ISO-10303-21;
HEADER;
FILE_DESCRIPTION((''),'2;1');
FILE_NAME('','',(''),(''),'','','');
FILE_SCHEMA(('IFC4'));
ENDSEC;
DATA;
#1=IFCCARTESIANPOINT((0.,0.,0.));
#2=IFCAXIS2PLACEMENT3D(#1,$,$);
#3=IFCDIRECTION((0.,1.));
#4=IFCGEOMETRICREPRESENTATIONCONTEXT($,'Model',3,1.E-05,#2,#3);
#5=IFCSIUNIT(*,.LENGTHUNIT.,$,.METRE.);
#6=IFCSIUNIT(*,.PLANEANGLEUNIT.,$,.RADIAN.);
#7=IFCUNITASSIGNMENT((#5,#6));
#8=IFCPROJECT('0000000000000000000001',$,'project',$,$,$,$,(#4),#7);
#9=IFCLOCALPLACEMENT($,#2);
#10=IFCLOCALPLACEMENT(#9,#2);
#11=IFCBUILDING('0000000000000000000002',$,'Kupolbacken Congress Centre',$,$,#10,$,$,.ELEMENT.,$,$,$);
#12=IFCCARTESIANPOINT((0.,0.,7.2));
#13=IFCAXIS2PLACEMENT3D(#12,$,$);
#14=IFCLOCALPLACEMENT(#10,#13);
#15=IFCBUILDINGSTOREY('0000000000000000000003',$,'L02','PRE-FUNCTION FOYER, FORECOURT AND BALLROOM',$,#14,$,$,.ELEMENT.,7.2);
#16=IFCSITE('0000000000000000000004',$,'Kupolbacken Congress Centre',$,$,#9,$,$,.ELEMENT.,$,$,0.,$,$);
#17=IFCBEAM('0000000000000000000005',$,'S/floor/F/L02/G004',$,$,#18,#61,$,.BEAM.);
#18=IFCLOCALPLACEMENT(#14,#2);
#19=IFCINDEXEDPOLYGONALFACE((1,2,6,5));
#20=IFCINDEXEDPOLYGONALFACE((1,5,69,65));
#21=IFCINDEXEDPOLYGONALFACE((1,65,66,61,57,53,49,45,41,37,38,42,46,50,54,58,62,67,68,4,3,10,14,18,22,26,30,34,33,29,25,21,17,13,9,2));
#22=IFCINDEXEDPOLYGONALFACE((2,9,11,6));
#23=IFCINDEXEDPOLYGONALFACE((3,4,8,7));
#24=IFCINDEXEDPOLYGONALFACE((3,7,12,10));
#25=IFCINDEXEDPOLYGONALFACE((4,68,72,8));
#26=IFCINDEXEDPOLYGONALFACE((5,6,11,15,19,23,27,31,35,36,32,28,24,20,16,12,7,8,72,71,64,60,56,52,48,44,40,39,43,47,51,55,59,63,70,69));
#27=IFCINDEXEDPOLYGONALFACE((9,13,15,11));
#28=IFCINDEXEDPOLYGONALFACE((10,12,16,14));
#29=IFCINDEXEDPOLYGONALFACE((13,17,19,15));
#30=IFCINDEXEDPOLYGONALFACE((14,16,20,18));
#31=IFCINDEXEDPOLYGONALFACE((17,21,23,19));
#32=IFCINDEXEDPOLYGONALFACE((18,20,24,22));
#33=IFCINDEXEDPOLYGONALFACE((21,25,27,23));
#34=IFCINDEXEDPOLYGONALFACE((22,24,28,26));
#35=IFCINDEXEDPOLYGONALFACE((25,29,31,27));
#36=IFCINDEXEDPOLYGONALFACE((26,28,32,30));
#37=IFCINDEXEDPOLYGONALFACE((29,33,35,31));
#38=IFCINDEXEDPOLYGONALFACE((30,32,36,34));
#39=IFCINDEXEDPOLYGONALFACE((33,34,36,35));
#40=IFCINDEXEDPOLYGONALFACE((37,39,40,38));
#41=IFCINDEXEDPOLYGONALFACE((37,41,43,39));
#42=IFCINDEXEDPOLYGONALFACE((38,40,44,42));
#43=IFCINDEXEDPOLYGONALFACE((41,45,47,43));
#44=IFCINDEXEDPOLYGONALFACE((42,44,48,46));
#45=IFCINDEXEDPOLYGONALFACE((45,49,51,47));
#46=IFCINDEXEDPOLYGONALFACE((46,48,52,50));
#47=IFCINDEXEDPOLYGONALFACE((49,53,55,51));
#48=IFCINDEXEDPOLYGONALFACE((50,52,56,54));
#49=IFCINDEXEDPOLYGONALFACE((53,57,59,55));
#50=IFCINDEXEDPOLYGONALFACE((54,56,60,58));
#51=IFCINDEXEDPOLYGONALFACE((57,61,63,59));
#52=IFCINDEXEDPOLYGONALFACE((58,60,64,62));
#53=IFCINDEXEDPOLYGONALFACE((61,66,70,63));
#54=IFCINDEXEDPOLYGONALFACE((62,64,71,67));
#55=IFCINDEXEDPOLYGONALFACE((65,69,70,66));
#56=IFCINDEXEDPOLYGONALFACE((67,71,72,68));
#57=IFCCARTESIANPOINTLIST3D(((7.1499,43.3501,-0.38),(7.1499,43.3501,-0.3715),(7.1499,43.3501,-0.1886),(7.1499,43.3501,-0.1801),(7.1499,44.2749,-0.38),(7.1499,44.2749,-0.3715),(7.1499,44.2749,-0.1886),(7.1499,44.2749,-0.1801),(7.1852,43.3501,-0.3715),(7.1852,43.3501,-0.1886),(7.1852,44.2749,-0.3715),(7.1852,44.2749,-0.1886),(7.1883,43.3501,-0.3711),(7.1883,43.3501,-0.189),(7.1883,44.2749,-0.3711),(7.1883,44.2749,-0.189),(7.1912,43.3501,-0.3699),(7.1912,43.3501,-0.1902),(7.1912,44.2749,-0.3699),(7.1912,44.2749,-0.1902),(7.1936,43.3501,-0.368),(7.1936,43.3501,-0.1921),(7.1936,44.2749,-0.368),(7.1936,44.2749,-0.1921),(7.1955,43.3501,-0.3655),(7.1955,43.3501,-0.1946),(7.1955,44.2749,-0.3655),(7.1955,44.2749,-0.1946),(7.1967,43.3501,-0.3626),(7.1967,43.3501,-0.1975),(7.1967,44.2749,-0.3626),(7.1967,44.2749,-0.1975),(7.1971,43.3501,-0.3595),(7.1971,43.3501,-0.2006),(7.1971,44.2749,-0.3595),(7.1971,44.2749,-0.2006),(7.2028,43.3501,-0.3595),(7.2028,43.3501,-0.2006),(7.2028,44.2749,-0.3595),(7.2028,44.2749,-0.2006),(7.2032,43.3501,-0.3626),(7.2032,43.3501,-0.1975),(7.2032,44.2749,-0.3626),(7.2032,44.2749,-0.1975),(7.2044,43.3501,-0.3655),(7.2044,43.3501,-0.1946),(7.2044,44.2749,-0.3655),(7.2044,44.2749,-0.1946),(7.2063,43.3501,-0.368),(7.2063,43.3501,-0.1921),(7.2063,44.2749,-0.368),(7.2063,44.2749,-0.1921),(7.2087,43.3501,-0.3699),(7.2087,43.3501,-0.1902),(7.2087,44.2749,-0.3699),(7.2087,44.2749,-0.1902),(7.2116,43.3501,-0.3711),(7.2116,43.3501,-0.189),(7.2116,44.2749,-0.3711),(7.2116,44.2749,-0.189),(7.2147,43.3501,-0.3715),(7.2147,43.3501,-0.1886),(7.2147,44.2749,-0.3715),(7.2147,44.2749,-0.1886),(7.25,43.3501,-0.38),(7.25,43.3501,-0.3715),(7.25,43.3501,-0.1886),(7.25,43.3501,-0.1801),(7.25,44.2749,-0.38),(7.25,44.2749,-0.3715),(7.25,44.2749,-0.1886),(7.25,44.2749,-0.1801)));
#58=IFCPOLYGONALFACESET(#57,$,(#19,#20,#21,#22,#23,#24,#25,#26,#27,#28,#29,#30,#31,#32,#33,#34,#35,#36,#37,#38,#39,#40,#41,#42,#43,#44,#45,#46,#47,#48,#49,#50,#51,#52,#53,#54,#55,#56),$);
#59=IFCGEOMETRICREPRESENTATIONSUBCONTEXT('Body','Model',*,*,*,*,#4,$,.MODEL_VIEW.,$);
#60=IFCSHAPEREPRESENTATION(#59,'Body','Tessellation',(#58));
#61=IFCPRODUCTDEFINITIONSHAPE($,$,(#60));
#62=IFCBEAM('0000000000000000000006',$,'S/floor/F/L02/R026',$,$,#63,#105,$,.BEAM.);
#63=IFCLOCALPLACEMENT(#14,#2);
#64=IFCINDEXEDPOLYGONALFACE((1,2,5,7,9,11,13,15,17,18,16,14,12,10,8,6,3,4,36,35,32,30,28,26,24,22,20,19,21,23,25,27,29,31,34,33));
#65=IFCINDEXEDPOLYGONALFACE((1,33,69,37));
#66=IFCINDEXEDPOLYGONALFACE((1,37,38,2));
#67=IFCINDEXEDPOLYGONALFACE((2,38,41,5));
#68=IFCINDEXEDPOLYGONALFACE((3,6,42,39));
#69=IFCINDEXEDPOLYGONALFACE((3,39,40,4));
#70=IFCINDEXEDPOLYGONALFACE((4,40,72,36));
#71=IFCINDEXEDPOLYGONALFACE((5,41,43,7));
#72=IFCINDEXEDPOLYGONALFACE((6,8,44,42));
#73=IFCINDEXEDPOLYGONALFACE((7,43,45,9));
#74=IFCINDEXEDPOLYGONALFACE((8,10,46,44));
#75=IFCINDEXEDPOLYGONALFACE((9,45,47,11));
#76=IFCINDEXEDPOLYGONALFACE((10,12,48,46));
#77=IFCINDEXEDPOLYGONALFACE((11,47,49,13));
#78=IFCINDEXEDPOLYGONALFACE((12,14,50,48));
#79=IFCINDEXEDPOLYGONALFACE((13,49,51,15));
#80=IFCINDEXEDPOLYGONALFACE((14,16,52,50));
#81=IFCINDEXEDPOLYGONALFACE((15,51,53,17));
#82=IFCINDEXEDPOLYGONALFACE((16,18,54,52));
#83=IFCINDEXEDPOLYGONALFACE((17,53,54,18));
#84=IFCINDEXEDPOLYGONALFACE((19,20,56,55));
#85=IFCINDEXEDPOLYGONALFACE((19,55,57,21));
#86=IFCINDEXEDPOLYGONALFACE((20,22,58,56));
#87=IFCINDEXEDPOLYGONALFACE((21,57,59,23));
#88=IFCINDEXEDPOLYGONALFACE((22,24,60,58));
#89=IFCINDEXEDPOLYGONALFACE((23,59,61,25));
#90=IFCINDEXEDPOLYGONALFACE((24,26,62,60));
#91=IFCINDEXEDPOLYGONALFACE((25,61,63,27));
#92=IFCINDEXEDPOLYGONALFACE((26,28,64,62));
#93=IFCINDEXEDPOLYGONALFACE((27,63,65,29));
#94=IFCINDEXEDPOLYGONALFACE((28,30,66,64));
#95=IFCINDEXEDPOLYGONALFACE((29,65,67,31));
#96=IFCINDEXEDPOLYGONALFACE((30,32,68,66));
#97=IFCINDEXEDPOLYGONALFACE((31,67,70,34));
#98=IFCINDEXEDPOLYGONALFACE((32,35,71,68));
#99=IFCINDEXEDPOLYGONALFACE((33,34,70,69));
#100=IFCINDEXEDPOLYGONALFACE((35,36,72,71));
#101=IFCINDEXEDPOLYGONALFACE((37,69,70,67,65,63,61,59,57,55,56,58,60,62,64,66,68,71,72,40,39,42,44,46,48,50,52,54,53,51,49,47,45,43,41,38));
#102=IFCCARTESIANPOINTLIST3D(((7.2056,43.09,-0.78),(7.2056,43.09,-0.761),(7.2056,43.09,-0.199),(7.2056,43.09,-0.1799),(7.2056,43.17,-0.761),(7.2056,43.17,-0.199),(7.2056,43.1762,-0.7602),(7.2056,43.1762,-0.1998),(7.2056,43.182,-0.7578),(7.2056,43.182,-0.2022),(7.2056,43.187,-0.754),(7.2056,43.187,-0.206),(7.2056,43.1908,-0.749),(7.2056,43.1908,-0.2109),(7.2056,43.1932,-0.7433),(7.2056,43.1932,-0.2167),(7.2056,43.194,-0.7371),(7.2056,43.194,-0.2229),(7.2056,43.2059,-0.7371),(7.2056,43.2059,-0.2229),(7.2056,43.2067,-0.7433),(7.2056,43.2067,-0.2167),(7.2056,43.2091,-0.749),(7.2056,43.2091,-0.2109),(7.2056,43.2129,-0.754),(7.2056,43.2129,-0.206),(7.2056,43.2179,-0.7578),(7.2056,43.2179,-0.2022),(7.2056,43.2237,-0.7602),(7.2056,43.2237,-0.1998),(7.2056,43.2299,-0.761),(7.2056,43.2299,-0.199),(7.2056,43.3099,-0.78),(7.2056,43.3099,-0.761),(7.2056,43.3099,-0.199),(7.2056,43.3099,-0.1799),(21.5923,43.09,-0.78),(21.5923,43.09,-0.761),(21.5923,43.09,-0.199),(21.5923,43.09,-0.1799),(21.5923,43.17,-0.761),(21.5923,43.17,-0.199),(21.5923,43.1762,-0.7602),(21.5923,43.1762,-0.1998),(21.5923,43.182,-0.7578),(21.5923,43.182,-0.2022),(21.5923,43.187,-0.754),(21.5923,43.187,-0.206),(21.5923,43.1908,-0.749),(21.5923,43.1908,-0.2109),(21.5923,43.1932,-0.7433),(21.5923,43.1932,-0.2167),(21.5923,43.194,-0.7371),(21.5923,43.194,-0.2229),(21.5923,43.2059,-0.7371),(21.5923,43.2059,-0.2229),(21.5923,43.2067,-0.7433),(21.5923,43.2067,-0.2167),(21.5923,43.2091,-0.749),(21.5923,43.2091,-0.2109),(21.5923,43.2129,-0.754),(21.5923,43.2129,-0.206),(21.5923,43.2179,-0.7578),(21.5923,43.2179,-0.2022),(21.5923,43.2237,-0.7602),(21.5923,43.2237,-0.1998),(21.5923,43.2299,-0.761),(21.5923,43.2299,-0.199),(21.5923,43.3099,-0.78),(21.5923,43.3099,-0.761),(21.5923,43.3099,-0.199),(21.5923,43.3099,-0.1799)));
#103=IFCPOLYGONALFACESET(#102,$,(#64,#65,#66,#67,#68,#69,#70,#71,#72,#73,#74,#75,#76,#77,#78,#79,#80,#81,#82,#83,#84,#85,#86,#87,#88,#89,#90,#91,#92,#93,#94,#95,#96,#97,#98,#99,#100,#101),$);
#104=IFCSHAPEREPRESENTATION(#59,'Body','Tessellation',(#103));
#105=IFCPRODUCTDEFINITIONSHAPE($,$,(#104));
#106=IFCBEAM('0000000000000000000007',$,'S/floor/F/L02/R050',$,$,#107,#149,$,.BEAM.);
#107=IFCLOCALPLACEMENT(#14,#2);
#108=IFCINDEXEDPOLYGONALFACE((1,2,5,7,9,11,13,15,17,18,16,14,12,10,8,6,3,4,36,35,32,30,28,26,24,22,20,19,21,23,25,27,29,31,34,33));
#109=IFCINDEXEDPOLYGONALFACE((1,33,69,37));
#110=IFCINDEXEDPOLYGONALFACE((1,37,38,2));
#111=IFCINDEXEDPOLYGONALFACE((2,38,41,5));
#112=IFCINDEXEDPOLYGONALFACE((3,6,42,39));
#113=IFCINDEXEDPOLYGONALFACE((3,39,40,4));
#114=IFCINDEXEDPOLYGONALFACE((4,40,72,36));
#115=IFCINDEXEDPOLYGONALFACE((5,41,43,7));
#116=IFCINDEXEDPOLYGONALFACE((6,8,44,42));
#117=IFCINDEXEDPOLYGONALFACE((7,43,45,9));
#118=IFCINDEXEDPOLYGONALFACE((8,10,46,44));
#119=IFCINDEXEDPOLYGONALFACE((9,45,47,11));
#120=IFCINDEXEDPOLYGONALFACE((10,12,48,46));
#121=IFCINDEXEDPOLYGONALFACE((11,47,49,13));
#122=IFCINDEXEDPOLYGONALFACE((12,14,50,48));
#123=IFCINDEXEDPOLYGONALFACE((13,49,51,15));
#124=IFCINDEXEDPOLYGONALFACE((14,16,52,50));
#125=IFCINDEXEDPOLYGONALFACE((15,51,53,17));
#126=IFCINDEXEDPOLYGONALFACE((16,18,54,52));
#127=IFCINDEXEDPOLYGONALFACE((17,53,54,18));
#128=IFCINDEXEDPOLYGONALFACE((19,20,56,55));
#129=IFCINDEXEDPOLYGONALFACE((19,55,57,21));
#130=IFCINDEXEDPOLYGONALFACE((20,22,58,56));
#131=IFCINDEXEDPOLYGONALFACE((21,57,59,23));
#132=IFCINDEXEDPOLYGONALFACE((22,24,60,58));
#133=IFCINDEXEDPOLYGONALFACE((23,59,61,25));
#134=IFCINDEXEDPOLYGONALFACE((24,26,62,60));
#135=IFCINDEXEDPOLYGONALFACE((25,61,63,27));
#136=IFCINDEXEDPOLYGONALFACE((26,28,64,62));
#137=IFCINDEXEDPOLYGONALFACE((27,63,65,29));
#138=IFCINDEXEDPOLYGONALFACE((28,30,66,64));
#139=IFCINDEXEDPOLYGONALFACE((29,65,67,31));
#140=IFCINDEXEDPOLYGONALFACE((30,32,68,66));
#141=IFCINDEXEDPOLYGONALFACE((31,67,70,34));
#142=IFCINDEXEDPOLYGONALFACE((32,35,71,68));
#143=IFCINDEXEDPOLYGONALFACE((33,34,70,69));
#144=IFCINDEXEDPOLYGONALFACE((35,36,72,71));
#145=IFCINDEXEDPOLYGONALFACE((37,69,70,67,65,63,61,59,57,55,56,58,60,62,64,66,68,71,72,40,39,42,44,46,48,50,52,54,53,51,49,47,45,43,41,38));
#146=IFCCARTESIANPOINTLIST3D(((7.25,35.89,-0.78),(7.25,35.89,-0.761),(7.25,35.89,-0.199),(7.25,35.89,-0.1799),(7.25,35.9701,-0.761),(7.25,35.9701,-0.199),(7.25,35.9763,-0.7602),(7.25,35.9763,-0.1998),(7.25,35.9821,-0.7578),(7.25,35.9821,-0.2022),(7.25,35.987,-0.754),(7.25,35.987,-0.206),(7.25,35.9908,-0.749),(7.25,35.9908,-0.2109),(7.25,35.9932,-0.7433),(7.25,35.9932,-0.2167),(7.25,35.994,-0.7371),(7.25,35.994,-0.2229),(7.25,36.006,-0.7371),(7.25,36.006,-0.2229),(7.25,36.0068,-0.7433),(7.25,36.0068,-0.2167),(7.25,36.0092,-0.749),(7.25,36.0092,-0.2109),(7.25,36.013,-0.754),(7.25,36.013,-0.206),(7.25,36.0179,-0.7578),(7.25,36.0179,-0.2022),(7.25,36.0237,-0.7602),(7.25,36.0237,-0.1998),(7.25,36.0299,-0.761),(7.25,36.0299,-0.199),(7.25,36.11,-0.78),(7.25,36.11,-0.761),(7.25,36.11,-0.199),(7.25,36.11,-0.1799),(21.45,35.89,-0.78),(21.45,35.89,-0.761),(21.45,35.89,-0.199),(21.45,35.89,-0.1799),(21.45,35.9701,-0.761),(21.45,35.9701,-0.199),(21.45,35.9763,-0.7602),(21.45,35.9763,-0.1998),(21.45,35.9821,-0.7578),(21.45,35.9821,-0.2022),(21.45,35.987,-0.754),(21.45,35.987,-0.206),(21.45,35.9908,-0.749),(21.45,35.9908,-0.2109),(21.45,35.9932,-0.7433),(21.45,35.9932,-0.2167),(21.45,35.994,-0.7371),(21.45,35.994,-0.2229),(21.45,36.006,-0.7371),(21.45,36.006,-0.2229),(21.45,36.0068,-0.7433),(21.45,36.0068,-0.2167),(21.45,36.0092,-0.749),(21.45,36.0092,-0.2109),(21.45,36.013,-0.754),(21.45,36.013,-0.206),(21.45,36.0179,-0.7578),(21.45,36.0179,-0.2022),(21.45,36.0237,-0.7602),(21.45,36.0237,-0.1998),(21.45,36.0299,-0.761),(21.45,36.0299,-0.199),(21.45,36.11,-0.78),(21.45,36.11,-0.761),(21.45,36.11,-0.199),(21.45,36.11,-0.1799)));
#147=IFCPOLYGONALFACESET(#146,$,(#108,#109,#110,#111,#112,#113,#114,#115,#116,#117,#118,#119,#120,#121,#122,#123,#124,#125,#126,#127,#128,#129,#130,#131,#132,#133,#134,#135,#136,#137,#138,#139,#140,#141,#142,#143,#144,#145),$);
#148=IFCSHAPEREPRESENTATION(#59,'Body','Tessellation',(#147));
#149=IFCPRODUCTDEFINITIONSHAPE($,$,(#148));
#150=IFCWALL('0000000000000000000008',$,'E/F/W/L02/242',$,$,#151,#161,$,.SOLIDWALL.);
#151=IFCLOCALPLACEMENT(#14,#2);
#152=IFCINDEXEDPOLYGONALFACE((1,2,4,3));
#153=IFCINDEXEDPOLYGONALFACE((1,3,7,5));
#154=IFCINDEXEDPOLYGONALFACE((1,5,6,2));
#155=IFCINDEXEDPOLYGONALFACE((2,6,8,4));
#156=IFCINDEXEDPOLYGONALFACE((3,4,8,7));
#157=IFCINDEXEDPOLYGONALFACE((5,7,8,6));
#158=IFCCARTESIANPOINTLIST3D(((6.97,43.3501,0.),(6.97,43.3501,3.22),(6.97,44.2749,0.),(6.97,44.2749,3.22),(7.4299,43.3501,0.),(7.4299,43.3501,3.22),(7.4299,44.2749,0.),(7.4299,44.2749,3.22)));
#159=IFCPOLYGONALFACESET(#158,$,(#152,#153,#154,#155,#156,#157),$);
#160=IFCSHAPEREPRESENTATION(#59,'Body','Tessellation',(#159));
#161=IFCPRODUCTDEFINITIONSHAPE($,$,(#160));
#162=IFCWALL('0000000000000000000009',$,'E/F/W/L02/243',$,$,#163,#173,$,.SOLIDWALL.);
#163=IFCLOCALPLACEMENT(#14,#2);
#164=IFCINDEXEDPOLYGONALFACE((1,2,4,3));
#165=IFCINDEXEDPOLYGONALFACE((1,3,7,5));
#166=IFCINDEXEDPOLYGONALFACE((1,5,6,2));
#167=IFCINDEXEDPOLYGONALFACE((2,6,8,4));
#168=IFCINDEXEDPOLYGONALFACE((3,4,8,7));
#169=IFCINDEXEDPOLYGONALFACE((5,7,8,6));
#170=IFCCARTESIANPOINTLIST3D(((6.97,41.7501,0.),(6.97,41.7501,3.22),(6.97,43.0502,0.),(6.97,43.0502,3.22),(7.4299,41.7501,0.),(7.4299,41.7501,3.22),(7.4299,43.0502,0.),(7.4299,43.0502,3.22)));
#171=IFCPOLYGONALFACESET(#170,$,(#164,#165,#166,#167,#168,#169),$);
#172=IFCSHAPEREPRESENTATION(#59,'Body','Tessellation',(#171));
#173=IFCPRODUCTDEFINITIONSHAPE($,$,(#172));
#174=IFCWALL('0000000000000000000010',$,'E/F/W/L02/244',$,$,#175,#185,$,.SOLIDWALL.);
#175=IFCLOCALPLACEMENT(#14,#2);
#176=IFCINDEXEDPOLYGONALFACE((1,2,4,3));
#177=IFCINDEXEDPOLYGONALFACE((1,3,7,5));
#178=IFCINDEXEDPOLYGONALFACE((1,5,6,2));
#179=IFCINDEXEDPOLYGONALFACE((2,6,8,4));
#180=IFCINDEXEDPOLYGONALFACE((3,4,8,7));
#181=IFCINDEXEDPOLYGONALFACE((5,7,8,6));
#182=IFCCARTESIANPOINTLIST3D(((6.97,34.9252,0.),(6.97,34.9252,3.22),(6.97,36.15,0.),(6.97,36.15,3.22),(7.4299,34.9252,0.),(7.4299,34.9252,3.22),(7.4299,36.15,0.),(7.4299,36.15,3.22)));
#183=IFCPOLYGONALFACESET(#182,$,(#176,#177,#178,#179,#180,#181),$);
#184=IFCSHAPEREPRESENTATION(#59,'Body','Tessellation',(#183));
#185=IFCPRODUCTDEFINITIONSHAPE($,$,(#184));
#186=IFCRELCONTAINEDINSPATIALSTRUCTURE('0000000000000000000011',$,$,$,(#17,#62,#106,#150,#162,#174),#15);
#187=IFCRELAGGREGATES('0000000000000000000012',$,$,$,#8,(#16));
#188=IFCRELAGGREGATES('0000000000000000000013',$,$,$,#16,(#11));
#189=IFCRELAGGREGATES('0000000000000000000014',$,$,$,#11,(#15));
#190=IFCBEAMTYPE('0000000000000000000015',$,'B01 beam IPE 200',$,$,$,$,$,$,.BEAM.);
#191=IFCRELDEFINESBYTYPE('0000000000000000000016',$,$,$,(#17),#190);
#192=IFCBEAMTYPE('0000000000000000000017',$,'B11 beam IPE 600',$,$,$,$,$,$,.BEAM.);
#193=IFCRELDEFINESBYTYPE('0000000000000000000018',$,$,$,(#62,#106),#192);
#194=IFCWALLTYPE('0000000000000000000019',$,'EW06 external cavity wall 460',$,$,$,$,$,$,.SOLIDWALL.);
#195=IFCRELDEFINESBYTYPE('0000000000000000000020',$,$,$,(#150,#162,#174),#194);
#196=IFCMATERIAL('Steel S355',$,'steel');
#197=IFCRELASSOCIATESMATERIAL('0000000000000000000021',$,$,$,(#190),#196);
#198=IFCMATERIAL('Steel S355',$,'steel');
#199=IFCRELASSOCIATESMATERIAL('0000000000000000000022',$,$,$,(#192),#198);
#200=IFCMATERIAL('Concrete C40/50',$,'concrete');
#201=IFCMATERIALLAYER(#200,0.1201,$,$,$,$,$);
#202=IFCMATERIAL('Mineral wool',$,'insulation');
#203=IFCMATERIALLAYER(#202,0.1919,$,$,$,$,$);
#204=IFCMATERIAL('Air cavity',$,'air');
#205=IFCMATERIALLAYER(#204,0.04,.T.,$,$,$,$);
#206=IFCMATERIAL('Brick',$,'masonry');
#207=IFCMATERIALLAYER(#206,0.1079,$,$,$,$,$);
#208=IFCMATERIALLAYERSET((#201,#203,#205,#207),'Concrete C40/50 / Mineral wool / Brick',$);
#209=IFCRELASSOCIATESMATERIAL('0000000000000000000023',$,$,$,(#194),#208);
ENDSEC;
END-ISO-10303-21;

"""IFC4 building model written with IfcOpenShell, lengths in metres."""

from ifc_helpers import new_model, si_unit, direction, frame, frame_2d, origin, origin_2d, place, context, subcontext, project, spatial, rectangle, i_section, extrude, material, layer, layer_set, material_profile, profile_set, type_object, element, save


model = new_model("IFC4")

# Units and contexts
model_context = context("Model", 3, precision=1e-05, world=origin(), true_north=direction((0.0, 1.0)))
body_context = subcontext(model_context, "Body", "Model", "MODEL_VIEW")
ifc_project = project(units=[si_unit("LENGTHUNIT", "METRE"), si_unit("PLANEANGLEUNIT", "RADIAN")], contexts=[model_context])

# Site, building, storey
site_placement = place(None, origin())
site = spatial("IfcSite", under=ifc_project, at=site_placement, Name="Kupolbacken Congress Centre", CompositionType="ELEMENT", RefElevation=0.0)
building_placement = place(site_placement, origin())
building = spatial("IfcBuilding", under=site, at=building_placement, Name="Kupolbacken Congress Centre", CompositionType="ELEMENT")
storey_placement = place(building_placement, frame((0.0, 0.0, 7.2)))
storey = spatial("IfcBuildingStorey", under=building, at=storey_placement, Name="L02", Description="PRE-FUNCTION FOYER, FORECOURT AND BALLROOM", CompositionType="ELEMENT", Elevation=7.2)

# Beams
ifc_material_1 = material(Name="Steel S355", Category="steel")
ifc_material_profile_1 = material_profile(ifc_material_1, i_section(OverallWidth=0.1001, OverallDepth=0.2, WebThickness=0.0056, FlangeThickness=0.0085, FilletRadius=0.012, at=origin_2d()), Name="IPE 200")
ifc_profile_set_1 = profile_set([ifc_material_profile_1], Name="Steel S355")
beam_type_1 = type_object("IfcBeamType", Name="B01 beam IPE 200", PredefinedType="BEAM", material=ifc_profile_set_1)
beam_1_placement = place(storey_placement, frame((7.2, 43.3501, -0.28), z_axis=(0.0, 1.0, 0.0), x_axis=(-1.0, 0.0, 0.0)))
element("IfcBeam", 1, at=beam_1_placement, inside=storey, type_object=beam_type_1, Name="S/floor/F/L02/G004", PredefinedType="BEAM", context=body_context, shape_type="SweptSolid", body=[
    extrude(i_section(OverallWidth=0.1001, OverallDepth=0.2, WebThickness=0.0056, FlangeThickness=0.0085, FilletRadius=0.012, at=origin_2d()), origin(), (0.0, 0.0, 1.0), 0.9248),
])
ifc_material_2 = material(Name="Steel S355", Category="steel")
ifc_material_profile_2 = material_profile(ifc_material_2, i_section(OverallWidth=0.22, OverallDepth=0.6001, WebThickness=0.012, FlangeThickness=0.019, FilletRadius=0.0239, at=origin_2d()), Name="IPE 600")
ifc_profile_set_2 = profile_set([ifc_material_profile_2], Name="Steel S355")
beam_type_2 = type_object("IfcBeamType", Name="B11 beam IPE 600", PredefinedType="BEAM", material=ifc_profile_set_2)
beam_2_placement = place(storey_placement, frame((7.2056, 43.2, -0.48), z_axis=(1.0, 0.0, 0.0), x_axis=(0.0, 1.0, 0.0)))
element("IfcBeam", 2, at=beam_2_placement, inside=storey, type_object=beam_type_2, Name="S/floor/F/L02/R026", PredefinedType="BEAM", context=body_context, shape_type="SweptSolid", body=[
    extrude(i_section(OverallWidth=0.22, OverallDepth=0.6001, WebThickness=0.012, FlangeThickness=0.019, FilletRadius=0.0239, at=origin_2d()), origin(), (0.0, 0.0, 1.0), 14.3867),
])
beam_3_placement = place(storey_placement, frame((7.25, 36.0, -0.48), z_axis=(1.0, 0.0, 0.0), x_axis=(0.0, 1.0, 0.0)))
element("IfcBeam", 3, at=beam_3_placement, inside=storey, type_object=beam_type_2, Name="S/floor/F/L02/R050", PredefinedType="BEAM", context=body_context, shape_type="SweptSolid", body=[
    extrude(i_section(OverallWidth=0.22, OverallDepth=0.6001, WebThickness=0.012, FlangeThickness=0.019, FilletRadius=0.0239, at=origin_2d()), origin(), (0.0, 0.0, 1.0), 14.2),
])

# Walls
ifc_material_3 = material(Name="Concrete C40/50", Category="concrete")
ifc_layer_1 = layer(ifc_material_3, 0.1201)
ifc_material_4 = material(Name="Mineral wool", Category="insulation")
ifc_layer_2 = layer(ifc_material_4, 0.1919)
ifc_material_5 = material(Name="Air cavity", Category="air")
ifc_layer_3 = layer(ifc_material_5, 0.04, ventilated=True)
ifc_material_6 = material(Name="Brick", Category="masonry")
ifc_layer_4 = layer(ifc_material_6, 0.1079)
ifc_layer_set_1 = layer_set([ifc_layer_1, ifc_layer_2, ifc_layer_3, ifc_layer_4], Name="Concrete C40/50 / Mineral wool / Brick")
wall_type_1 = type_object("IfcWallType", Name="EW06 external cavity wall 460", PredefinedType="SOLIDWALL", material=ifc_layer_set_1)
wall_1_placement = place(storey_placement, frame((7.2, 44.2749, 0.0), z_axis=(0.0, 0.0, 1.0), x_axis=(0.0, -1.0, 0.0)))
element("IfcWall", 4, at=wall_1_placement, inside=storey, type_object=wall_type_1, Name="E/F/W/L02/242", PredefinedType="SOLIDWALL", context=body_context, shape_type="SweptSolid", body=[
    extrude(rectangle(XDim=0.9248, YDim=0.46, at=frame_2d((0.4624, 0.0))), origin(), (0.0, 0.0, 1.0), 3.22),
])
wall_2_placement = place(storey_placement, frame((7.2, 43.05, 0.0), z_axis=(0.0, 0.0, 1.0), x_axis=(0.0, -1.0, 0.0)))
element("IfcWall", 5, at=wall_2_placement, inside=storey, type_object=wall_type_1, Name="E/F/W/L02/243", PredefinedType="SOLIDWALL", context=body_context, shape_type="SweptSolid", body=[
    extrude(rectangle(XDim=1.3, YDim=0.46, at=frame_2d((0.6499, 0.0))), origin(), (0.0, 0.0, 1.0), 3.22),
])
wall_3_placement = place(storey_placement, frame((7.2, 36.1499, 0.0), z_axis=(0.0, 0.0, 1.0), x_axis=(0.0, -1.0, 0.0)))
element("IfcWall", 6, at=wall_3_placement, inside=storey, type_object=wall_type_1, Name="E/F/W/L02/244", PredefinedType="SOLIDWALL", context=body_context, shape_type="SweptSolid", body=[
    extrude(rectangle(XDim=1.2249, YDim=0.46, at=frame_2d((0.6123, 0.0))), origin(), (0.0, 0.0, 1.0), 3.22),
])

save(model, "model.ifc")
